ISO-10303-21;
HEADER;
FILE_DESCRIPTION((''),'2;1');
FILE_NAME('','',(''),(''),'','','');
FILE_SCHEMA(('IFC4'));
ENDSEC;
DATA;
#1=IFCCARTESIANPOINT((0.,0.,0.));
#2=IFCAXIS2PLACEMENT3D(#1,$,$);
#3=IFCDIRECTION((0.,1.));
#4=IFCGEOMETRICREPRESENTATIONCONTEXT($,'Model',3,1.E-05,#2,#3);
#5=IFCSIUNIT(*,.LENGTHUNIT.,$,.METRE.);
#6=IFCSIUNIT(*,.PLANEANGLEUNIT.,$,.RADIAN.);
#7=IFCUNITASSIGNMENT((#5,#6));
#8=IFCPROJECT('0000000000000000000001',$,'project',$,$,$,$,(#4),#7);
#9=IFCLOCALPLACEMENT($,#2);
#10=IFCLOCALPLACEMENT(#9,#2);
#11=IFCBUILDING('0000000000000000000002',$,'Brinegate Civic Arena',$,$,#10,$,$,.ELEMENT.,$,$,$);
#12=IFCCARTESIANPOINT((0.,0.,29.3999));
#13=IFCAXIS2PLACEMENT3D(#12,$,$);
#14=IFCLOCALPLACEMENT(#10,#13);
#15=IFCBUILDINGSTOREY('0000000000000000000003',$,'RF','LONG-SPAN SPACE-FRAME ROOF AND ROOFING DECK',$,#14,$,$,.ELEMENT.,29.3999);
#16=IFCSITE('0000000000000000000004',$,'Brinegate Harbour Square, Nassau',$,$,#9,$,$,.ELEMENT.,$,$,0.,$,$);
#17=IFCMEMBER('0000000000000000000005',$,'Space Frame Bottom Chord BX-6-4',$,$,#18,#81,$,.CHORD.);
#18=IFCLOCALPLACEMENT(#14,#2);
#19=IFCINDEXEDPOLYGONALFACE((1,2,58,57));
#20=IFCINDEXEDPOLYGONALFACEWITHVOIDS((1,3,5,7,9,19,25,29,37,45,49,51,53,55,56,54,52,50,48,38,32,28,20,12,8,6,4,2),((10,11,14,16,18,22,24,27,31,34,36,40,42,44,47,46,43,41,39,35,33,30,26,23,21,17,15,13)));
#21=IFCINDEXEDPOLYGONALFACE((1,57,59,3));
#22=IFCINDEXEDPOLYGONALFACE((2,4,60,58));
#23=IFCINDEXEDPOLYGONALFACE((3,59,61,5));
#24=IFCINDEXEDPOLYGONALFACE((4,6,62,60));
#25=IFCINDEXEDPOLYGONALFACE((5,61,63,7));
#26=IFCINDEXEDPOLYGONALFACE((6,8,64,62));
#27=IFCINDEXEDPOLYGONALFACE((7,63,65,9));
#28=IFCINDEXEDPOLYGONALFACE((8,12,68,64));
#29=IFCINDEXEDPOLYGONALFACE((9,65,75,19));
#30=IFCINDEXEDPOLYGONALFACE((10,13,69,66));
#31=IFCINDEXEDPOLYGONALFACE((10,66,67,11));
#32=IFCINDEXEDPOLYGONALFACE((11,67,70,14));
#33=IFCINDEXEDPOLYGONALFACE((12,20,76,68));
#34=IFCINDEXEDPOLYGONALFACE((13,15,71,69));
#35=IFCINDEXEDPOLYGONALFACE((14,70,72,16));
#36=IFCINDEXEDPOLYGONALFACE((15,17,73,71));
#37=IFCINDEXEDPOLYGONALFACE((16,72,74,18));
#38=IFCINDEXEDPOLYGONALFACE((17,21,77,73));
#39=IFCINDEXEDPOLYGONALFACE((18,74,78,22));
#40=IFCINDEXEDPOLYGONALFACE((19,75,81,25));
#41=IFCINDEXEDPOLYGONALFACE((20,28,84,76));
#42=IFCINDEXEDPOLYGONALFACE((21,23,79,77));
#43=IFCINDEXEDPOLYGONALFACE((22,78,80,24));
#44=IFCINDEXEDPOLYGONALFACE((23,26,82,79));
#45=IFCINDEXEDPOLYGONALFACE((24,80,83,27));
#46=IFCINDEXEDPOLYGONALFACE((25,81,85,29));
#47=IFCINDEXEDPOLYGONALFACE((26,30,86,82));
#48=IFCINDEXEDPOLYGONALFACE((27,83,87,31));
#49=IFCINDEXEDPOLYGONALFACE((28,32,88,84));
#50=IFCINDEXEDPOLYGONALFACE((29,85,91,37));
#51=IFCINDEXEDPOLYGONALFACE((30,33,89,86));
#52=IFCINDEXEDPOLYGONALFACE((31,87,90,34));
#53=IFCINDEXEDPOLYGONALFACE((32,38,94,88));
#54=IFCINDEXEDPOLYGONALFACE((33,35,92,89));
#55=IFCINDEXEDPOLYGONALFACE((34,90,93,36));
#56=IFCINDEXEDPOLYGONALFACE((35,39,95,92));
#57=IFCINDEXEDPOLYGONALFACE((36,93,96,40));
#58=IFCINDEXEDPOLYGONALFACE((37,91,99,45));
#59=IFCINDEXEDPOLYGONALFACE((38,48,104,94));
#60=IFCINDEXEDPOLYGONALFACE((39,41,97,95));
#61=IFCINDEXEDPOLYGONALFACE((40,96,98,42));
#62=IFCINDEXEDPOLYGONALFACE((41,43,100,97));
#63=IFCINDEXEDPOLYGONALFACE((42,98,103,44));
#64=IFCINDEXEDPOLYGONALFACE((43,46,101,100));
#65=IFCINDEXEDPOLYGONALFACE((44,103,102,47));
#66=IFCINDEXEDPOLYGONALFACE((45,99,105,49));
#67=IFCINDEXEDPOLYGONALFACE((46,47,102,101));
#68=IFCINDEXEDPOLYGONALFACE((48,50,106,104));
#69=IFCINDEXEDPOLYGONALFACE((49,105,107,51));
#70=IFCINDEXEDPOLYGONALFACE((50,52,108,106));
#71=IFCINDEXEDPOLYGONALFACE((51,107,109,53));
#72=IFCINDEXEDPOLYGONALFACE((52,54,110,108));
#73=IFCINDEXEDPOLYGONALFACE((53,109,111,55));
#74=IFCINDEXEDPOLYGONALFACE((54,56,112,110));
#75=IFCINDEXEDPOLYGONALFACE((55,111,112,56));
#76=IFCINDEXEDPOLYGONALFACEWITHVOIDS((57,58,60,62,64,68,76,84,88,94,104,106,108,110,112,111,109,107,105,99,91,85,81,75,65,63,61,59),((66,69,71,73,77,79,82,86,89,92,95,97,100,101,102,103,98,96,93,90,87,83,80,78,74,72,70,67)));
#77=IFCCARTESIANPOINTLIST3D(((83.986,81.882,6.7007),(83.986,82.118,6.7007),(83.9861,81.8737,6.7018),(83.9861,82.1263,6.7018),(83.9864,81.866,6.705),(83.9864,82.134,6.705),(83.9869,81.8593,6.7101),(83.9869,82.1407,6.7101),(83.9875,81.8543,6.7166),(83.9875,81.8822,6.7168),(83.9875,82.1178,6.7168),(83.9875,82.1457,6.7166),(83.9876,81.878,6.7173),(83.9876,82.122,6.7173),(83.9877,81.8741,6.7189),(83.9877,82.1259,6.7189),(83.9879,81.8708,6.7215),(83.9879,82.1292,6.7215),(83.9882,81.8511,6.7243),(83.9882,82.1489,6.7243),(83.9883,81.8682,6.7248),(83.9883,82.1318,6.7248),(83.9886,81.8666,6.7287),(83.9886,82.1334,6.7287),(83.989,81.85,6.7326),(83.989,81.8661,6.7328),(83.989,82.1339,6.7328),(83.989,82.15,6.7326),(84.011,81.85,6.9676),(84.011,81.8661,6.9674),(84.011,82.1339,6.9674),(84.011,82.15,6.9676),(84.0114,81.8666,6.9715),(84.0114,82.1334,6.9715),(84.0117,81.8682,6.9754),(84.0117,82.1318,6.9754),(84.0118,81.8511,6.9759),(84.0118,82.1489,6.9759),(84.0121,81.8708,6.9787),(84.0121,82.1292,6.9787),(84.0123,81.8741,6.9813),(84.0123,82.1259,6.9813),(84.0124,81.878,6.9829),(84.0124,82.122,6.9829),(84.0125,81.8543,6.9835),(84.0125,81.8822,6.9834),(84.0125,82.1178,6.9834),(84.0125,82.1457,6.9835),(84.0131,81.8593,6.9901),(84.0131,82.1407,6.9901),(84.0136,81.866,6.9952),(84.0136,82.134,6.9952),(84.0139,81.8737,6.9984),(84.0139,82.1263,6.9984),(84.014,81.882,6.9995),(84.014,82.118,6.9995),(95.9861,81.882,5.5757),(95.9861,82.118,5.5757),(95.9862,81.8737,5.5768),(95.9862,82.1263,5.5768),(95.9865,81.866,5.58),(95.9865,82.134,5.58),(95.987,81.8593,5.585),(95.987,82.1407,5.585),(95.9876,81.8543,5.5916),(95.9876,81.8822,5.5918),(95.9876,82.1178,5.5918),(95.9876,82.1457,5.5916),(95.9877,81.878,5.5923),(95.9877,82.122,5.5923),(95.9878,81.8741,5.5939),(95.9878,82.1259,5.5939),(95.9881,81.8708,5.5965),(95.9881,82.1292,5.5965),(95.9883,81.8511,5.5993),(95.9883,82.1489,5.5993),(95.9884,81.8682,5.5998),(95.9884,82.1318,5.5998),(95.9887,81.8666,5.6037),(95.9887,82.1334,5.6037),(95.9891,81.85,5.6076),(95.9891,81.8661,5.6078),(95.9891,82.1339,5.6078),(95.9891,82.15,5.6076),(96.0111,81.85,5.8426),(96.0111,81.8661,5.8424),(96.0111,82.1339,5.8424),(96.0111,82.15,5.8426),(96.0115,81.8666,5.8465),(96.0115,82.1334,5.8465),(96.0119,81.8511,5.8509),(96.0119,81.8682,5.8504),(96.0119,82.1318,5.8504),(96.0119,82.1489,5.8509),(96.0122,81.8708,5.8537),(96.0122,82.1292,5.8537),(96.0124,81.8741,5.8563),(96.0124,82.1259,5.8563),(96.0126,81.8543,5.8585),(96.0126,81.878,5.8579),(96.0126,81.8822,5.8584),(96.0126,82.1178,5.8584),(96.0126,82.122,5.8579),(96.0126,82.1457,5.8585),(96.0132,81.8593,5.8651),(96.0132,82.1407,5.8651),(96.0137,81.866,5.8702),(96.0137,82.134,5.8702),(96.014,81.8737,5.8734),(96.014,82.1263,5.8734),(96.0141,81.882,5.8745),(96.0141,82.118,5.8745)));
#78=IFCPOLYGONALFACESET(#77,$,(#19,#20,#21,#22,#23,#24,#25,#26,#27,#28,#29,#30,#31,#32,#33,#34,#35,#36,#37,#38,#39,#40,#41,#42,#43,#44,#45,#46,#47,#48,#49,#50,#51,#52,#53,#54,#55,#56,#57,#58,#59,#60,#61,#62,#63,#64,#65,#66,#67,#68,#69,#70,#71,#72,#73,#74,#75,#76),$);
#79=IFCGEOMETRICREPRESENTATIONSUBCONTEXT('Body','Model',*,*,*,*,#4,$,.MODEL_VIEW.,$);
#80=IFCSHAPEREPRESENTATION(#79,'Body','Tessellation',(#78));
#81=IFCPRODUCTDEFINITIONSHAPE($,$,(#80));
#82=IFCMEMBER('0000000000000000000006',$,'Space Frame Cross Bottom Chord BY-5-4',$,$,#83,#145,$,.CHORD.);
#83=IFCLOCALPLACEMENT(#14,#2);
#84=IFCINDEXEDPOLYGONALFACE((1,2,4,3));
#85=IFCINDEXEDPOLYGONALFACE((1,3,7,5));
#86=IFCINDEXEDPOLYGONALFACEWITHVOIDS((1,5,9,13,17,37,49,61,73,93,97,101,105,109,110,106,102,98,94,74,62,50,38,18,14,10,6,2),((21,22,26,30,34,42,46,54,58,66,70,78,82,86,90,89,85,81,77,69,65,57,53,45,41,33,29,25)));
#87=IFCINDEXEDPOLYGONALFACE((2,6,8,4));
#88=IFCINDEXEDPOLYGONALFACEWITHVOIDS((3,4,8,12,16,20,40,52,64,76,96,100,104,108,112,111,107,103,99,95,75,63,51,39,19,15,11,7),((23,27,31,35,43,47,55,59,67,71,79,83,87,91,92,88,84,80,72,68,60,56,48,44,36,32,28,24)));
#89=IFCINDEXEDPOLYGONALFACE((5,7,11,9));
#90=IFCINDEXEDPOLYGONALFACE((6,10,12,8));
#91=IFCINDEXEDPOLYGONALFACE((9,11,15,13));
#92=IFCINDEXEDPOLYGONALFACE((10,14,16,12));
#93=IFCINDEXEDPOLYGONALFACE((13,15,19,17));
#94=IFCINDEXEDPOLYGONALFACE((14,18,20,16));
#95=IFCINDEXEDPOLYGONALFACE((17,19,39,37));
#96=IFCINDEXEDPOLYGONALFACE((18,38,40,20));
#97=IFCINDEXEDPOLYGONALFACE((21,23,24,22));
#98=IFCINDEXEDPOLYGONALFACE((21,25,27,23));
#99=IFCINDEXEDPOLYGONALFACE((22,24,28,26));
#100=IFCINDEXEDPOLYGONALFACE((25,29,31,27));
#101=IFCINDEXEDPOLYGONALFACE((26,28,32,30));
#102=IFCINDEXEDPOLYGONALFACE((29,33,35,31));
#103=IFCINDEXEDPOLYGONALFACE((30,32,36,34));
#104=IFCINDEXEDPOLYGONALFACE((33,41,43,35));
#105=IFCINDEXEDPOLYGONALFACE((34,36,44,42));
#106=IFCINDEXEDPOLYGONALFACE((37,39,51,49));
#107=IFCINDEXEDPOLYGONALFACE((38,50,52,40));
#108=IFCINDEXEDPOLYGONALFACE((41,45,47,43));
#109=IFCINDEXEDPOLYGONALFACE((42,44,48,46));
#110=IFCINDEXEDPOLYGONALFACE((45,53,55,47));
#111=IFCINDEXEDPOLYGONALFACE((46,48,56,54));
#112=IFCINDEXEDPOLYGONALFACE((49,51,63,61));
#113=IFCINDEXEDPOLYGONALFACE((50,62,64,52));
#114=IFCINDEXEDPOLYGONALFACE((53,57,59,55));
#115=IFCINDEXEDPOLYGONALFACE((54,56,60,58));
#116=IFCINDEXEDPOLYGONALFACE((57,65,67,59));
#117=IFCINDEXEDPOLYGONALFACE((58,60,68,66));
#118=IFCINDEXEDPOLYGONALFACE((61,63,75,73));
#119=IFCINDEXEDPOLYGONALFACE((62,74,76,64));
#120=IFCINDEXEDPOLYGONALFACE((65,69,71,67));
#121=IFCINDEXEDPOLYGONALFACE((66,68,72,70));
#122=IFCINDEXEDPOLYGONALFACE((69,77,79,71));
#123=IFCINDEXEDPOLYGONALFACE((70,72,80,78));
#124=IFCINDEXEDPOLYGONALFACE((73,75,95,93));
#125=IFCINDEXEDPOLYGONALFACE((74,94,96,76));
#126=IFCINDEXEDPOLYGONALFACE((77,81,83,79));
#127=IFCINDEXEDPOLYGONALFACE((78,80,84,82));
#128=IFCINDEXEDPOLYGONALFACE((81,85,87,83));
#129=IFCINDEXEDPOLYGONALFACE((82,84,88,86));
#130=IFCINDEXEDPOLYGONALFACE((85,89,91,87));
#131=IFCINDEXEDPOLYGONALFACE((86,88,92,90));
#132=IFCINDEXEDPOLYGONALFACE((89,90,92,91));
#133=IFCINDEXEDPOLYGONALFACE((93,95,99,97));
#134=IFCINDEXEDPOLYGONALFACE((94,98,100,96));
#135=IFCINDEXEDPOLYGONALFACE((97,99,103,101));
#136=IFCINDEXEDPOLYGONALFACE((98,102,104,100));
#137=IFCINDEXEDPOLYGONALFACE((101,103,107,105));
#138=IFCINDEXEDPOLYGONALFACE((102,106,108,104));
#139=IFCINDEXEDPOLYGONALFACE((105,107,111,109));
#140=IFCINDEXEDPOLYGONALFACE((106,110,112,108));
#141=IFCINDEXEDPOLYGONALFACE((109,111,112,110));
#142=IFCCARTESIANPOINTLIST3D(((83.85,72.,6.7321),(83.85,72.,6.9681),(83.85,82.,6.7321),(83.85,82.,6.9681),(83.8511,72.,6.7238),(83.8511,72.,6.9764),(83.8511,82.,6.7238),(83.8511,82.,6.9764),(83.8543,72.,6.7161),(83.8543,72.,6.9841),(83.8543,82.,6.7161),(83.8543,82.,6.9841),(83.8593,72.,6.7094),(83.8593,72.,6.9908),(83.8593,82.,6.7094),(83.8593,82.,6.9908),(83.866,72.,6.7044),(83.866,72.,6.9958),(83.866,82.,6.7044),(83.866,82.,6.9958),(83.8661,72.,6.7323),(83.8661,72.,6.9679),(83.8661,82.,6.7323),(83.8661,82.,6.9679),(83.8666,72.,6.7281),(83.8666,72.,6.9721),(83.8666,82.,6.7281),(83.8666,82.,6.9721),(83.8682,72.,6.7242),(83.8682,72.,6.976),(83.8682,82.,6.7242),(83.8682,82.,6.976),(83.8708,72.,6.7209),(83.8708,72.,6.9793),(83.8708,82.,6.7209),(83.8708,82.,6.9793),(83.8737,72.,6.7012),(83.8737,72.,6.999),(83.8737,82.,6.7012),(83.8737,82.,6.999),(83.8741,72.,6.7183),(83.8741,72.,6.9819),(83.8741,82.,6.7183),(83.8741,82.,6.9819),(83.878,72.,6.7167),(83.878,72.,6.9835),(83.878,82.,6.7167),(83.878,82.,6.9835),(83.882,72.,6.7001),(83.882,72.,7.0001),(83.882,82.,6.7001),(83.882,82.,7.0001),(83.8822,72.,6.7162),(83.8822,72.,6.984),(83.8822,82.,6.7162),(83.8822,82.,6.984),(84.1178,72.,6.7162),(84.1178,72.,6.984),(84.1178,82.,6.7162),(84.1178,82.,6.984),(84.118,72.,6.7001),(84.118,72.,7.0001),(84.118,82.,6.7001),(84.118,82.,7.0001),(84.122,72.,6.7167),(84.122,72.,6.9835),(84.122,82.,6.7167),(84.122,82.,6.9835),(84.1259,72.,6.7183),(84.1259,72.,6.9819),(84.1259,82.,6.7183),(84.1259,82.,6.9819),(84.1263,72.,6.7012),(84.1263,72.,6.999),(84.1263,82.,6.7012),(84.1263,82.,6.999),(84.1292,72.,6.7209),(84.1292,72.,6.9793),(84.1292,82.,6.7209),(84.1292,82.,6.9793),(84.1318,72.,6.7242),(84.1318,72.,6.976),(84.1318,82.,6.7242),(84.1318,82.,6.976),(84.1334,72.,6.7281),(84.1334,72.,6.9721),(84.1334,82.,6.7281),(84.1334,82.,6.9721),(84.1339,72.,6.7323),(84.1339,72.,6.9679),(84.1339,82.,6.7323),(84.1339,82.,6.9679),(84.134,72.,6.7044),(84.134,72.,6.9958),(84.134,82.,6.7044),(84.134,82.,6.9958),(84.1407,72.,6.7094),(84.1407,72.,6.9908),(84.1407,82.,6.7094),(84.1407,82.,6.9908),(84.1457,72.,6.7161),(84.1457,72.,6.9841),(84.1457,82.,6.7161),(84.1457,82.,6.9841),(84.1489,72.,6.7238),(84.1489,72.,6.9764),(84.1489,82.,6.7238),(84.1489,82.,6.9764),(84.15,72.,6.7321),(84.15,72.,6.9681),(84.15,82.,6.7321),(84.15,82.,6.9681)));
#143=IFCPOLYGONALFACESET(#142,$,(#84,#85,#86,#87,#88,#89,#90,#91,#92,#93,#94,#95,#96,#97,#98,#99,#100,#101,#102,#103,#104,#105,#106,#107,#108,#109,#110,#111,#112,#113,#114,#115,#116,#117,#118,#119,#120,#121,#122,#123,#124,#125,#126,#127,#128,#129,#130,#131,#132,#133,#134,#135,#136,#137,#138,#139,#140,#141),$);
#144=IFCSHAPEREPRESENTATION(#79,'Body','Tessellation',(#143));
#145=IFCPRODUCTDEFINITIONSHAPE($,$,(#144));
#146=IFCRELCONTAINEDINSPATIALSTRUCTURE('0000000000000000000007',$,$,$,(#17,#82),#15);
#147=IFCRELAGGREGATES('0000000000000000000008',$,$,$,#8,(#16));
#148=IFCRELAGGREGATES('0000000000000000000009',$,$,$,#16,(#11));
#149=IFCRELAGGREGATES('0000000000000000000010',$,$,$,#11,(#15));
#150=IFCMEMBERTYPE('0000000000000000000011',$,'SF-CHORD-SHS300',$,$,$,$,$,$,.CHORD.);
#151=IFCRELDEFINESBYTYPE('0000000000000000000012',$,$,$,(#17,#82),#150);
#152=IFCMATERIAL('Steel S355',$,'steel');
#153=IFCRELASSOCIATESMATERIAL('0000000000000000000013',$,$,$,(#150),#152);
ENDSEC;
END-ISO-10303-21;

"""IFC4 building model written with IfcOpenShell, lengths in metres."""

from ifc_helpers import new_model, si_unit, direction, frame, origin, origin_2d, place, context, subcontext, project, spatial, hollow_rectangle, extrude, material, material_profile, profile_set, type_object, element, save


model = new_model("IFC4")

# Units and contexts
model_context = context("Model", 3, precision=1e-05, world=origin(), true_north=direction((0.0, 1.0)))
body_context = subcontext(model_context, "Body", "Model", "MODEL_VIEW")
ifc_project = project(units=[si_unit("LENGTHUNIT", "METRE"), si_unit("PLANEANGLEUNIT", "RADIAN")], contexts=[model_context])

# Site, building, storey
site_placement = place(None, origin())
site = spatial("IfcSite", under=ifc_project, at=site_placement, Name="Brinegate Harbour Square, Nassau", CompositionType="ELEMENT", RefElevation=0.0)
building_placement = place(site_placement, origin())
building = spatial("IfcBuilding", under=site, at=building_placement, Name="Brinegate Civic Arena", CompositionType="ELEMENT")
storey_placement = place(building_placement, frame((0.0, 0.0, 29.3999)))
storey = spatial("IfcBuildingStorey", under=building, at=storey_placement, Name="RF", Description="LONG-SPAN SPACE-FRAME ROOF AND ROOFING DECK", CompositionType="ELEMENT", Elevation=29.3999)

# Members
ifc_material = material(Name="Steel S355", Category="steel")
ifc_material_profile_1 = material_profile(ifc_material, hollow_rectangle(XDim=0.3, YDim=0.3, WallThickness=0.0161, InnerFilletRadius=0.0161, OuterFilletRadius=0.032, at=origin_2d()), Name="SHS300X16")
ifc_profile_set_1 = profile_set([ifc_material_profile_1], Name="Steel S355")
member_type_1 = type_object("IfcMemberType", Name="SF-CHORD-SHS300", PredefinedType="CHORD", material=ifc_profile_set_1)
for number, where, z_axis, x_axis, name in (
    (1, (84.0, 82.0, 6.8501), (0.995634, 0.0, -0.093341), (0.0, 1.0, 0.0), "Space Frame Bottom Chord BX-6-4"),
):
    element("IfcMember", number, at=place(storey_placement, frame(where, z_axis=z_axis, x_axis=x_axis)), inside=storey, type_object=member_type_1, Name=name, PredefinedType="CHORD", context=body_context, shape_type="SweptSolid", body=[
        extrude(hollow_rectangle(XDim=0.3, YDim=0.3, WallThickness=0.0161, InnerFilletRadius=0.0161, OuterFilletRadius=0.032, at=origin_2d()), origin(), (0.0, 0.0, 1.0), 12.0527),
    ])
for number, where, z_axis, x_axis, name in (
    (2, (84.0, 72.0, 6.8501), (0.0, 1.0, 0.0), (-1.0, 0.0, 0.0), "Space Frame Cross Bottom Chord BY-5-4"),
):
    element("IfcMember", number, at=place(storey_placement, frame(where, z_axis=z_axis, x_axis=x_axis)), inside=storey, type_object=member_type_1, Name=name, PredefinedType="CHORD", context=body_context, shape_type="SweptSolid", body=[
        extrude(hollow_rectangle(XDim=0.3, YDim=0.3, WallThickness=0.0161, InnerFilletRadius=0.0161, OuterFilletRadius=0.032, at=origin_2d()), origin(), (0.0, 0.0, 1.0), 10.0),
    ])

save(model, "model.ifc")
